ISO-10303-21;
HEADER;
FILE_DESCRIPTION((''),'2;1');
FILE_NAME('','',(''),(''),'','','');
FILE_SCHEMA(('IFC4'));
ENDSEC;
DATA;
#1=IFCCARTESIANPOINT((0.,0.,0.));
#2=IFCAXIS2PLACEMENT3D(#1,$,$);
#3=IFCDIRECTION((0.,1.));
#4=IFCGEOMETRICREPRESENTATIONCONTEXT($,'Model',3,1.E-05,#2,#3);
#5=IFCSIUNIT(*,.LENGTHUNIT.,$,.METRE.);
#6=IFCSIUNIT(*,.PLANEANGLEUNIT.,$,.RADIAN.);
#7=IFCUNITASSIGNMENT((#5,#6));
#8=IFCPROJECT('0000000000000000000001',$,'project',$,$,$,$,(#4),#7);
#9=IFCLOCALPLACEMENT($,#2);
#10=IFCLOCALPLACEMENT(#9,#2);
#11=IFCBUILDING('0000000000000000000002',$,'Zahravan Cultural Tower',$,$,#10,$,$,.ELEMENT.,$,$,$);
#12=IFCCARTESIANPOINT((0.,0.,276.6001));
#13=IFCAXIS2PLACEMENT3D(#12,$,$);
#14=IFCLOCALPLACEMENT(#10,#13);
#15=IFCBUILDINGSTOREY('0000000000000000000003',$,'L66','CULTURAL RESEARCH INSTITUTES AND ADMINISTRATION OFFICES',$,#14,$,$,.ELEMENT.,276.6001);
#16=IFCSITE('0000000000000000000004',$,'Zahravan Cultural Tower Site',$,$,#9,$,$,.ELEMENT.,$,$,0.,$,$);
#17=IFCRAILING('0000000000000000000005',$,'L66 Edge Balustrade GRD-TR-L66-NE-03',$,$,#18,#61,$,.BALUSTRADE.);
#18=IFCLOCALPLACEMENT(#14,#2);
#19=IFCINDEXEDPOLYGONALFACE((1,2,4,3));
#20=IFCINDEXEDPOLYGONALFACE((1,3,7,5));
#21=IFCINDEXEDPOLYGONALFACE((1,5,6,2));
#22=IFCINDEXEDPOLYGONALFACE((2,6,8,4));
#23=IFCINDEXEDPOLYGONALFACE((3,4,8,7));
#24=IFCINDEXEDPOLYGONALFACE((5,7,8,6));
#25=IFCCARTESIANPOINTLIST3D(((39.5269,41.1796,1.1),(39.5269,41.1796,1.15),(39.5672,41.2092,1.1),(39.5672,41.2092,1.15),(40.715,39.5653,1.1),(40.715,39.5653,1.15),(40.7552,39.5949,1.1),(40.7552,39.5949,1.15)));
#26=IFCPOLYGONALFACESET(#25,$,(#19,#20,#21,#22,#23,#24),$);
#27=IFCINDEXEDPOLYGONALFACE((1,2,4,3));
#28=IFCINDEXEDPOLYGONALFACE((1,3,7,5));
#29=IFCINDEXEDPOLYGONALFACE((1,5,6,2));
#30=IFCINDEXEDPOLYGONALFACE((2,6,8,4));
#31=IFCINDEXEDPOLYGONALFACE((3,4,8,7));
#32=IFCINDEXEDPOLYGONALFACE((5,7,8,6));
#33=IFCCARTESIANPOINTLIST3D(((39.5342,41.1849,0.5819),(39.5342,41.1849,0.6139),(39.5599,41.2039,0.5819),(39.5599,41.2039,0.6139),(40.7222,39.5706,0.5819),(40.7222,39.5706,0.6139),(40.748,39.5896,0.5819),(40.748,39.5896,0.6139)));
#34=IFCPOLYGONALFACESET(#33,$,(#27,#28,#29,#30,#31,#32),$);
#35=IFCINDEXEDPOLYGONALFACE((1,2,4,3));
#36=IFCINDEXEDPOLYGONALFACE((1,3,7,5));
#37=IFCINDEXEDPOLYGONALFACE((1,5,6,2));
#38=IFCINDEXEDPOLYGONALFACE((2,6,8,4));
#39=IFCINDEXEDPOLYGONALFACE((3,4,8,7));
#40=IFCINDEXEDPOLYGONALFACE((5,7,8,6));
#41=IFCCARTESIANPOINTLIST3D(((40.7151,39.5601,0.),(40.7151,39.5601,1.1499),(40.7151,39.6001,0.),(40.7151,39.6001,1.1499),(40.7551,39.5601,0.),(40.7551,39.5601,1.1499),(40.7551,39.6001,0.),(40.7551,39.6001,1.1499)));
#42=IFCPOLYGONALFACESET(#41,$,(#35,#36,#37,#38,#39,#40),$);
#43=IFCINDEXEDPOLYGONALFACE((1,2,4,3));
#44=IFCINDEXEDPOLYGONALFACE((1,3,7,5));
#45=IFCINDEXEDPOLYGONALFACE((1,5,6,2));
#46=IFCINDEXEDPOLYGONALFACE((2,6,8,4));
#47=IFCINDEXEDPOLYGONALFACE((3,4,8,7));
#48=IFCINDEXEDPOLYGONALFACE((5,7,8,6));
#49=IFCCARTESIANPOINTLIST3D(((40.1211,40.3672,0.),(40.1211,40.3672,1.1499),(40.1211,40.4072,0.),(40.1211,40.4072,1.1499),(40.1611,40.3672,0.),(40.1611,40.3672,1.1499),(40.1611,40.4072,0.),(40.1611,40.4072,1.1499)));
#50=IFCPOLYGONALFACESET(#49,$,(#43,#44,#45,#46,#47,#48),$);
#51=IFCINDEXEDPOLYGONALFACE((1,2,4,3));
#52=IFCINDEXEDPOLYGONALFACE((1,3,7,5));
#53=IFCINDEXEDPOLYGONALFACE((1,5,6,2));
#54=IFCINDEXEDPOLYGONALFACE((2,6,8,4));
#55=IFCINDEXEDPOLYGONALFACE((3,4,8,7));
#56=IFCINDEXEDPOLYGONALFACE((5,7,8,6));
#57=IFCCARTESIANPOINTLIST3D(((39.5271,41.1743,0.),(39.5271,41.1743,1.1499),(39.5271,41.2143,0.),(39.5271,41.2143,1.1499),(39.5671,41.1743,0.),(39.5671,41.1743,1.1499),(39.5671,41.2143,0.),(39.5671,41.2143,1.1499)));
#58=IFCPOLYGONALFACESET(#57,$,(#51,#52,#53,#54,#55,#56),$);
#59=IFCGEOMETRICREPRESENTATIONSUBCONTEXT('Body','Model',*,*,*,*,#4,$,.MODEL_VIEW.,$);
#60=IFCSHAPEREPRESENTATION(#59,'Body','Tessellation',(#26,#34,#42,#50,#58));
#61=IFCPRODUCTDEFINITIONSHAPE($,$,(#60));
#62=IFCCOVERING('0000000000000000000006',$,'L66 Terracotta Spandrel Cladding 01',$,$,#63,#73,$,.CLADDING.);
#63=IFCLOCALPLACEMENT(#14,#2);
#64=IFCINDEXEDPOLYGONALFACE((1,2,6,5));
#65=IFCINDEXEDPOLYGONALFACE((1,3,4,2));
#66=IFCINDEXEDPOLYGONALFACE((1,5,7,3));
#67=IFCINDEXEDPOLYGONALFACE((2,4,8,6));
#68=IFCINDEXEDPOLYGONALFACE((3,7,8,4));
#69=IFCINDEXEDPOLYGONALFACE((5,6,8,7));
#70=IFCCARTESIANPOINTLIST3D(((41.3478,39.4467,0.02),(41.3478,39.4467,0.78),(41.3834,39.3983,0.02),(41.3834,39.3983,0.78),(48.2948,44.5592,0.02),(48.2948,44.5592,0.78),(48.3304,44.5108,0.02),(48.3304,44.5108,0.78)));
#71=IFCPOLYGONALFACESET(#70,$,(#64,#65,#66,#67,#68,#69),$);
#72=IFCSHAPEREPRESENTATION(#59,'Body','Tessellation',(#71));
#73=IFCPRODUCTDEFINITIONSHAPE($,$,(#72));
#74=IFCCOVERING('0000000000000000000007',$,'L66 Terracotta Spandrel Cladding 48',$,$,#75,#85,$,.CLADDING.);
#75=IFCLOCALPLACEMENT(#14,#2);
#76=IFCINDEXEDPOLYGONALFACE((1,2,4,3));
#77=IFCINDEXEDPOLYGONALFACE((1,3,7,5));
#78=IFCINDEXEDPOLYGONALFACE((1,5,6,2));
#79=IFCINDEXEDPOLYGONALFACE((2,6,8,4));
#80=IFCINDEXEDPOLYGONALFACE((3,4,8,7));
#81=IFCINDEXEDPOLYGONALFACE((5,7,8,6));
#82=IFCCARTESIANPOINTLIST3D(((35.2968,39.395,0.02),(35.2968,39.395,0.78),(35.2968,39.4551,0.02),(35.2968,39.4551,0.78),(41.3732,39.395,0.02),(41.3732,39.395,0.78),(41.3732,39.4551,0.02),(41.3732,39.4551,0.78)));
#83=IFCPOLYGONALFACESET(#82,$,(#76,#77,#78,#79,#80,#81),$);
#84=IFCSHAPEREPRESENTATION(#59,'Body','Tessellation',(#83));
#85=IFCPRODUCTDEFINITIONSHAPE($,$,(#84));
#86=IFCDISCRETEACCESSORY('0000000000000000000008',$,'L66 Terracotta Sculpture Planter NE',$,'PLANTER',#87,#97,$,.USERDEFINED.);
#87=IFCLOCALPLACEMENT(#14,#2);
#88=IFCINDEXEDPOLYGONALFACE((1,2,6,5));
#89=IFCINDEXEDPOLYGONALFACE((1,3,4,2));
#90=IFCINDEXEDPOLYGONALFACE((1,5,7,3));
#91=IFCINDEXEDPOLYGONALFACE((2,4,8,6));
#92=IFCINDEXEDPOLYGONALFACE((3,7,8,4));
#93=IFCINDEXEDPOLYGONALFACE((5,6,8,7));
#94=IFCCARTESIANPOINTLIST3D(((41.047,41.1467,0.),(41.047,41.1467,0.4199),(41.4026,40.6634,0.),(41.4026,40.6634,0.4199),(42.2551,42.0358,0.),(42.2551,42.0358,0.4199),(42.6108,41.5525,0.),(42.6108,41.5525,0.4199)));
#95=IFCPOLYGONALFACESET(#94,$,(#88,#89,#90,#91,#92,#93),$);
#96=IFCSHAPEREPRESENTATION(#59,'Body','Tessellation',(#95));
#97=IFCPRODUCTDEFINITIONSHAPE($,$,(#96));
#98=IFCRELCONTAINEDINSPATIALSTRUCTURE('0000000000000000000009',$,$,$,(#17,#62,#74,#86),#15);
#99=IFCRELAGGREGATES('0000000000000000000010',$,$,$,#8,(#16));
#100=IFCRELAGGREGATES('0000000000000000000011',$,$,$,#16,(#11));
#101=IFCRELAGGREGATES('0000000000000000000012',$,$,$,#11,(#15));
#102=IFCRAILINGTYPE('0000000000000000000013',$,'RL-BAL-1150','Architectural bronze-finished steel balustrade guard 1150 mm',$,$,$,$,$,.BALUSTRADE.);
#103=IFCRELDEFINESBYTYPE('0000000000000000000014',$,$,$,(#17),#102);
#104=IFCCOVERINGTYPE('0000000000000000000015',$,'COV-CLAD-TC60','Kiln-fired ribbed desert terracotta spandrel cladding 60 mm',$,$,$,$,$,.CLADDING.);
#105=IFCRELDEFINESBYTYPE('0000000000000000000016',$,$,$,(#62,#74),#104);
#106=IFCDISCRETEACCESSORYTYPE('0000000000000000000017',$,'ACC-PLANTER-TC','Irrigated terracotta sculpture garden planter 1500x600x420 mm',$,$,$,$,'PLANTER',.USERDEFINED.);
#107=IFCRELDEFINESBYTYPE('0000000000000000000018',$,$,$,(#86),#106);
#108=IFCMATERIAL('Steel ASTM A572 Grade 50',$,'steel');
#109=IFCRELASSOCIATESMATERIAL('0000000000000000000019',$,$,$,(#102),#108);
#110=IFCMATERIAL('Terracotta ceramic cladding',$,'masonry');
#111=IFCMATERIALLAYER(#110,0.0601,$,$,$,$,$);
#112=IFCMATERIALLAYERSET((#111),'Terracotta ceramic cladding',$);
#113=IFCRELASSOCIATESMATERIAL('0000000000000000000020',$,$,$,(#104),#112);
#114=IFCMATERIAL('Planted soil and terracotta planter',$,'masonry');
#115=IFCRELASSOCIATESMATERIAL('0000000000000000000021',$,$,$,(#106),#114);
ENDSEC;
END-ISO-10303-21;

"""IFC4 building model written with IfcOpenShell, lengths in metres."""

from ifc_helpers import new_model, si_unit, direction, frame, origin, origin_2d, place, context, subcontext, project, spatial, rectangle, extrude, source, transform, mapped, material, layer, layer_set, type_object, element, save


model = new_model("IFC4")

# Units and contexts
model_context = context("Model", 3, precision=1e-05, world=origin(), true_north=direction((0.0, 1.0)))
body_context = subcontext(model_context, "Body", "Model", "MODEL_VIEW")
ifc_project = project(units=[si_unit("LENGTHUNIT", "METRE"), si_unit("PLANEANGLEUNIT", "RADIAN")], contexts=[model_context])

# Site, building, storey
site_placement = place(None, origin())
site = spatial("IfcSite", under=ifc_project, at=site_placement, Name="Zahravan Cultural Tower Site", CompositionType="ELEMENT", RefElevation=0.0)
building_placement = place(site_placement, origin())
building = spatial("IfcBuilding", under=site, at=building_placement, Name="Zahravan Cultural Tower", CompositionType="ELEMENT")
storey_placement = place(building_placement, frame((0.0, 0.0, 276.6001)))
storey = spatial("IfcBuildingStorey", under=building, at=storey_placement, Name="L66", Description="CULTURAL RESEARCH INSTITUTES AND ADMINISTRATION OFFICES", CompositionType="ELEMENT", Elevation=276.6001)

# Shared definitions
ifc_material_1 = material(Name="Steel ASTM A572 Grade 50", Category="steel")

# Railing
railing_type = type_object("IfcRailingType", Name="RL-BAL-1150", Description="Architectural bronze-finished steel balustrade guard 1150 mm", PredefinedType="BALUSTRADE", material=ifc_material_1)
railing_1_placement = place(storey_placement, frame((40.7351, 39.5801, 0.0)))
element("IfcRailing", 1, at=railing_1_placement, inside=storey, type_object=railing_type, Name="L66 Edge Balustrade GRD-TR-L66-NE-03", PredefinedType="BALUSTRADE", context=body_context, shape_type="SweptSolid", body=[
    extrude(rectangle(XDim=0.05, YDim=0.05, at=origin_2d()), frame((0.0, 0.0, 1.125), z_axis=(-0.592725, 0.805405, 0.0), x_axis=(-0.805405, -0.592725, 0.0)), (0.0, 0.0, 1.0), 2.0044),
    extrude(rectangle(XDim=0.032, YDim=0.032, at=origin_2d()), frame((0.0, 0.0, 0.5979), z_axis=(-0.592725, 0.805405, 0.0), x_axis=(-0.805405, -0.592725, 0.0)), (0.0, 0.0, 1.0), 2.0044),
    extrude(rectangle(XDim=0.04, YDim=0.04, at=origin_2d()), origin(), (0.0, 0.0, 1.0), 1.1499),
    extrude(rectangle(XDim=0.04, YDim=0.04, at=origin_2d()), frame((-0.594, 0.8071, 0.0)), (0.0, 0.0, 1.0), 1.1499),
    extrude(rectangle(XDim=0.04, YDim=0.04, at=origin_2d()), frame((-1.188, 1.6143, 0.0)), (0.0, 0.0, 1.0), 1.1499),
])

# Coverings
ifc_material_2 = material(Name="Terracotta ceramic cladding", Category="masonry")
ifc_layer_1 = layer(ifc_material_2, 0.0601)
ifc_layer_set_1 = layer_set([ifc_layer_1], Name="Terracotta ceramic cladding")
covering_type = type_object("IfcCoveringType", Name="COV-CLAD-TC60", Description="Kiln-fired ribbed desert terracotta spandrel cladding 60 mm", PredefinedType="CLADDING", material=ifc_layer_set_1)
shared_shape_1 = source(origin(), body_context, "Body", "SweptSolid", [
    extrude(rectangle(XDim=8.6255, YDim=0.0601, at=origin_2d()), origin(), (0.0, 0.0, 1.0), 0.76),
])
covering_1_placement = place(storey_placement, frame((44.8391, 41.9788, 0.02), z_axis=(0.0, 0.0, 1.0), x_axis=(0.805411, 0.592716, 0.0)))
element("IfcCovering", 2, at=covering_1_placement, inside=storey, type_object=covering_type, Name="L66 Terracotta Spandrel Cladding 01", PredefinedType="CLADDING", context=body_context, shape_type="MappedRepresentation", body=[
    mapped(shared_shape_1, transform((0.0, 0.0, 0.0), x_axis=(1.0, 0.0, 0.0), y_axis=(0.0, 1.0, 0.0), z_axis=(0.0, 0.0, 1.0), scale=1.0)),
])
shared_shape_2 = source(origin(), body_context, "Body", "SweptSolid", [
    extrude(rectangle(XDim=6.0764, YDim=0.0601, at=origin_2d()), origin(), (0.0, 0.0, 1.0), 0.76),
])
covering_2_placement = place(storey_placement, frame((38.335, 39.425, 0.02), z_axis=(0.0, 0.0, 1.0), x_axis=(1.0, 0.0, 0.0)))
element("IfcCovering", 3, at=covering_2_placement, inside=storey, type_object=covering_type, Name="L66 Terracotta Spandrel Cladding 48", PredefinedType="CLADDING", context=body_context, shape_type="MappedRepresentation", body=[
    mapped(shared_shape_2, transform((0.0, 0.0, 0.0), x_axis=(1.0, 0.0, 0.0), y_axis=(0.0, 1.0, 0.0), z_axis=(0.0, 0.0, 1.0), scale=1.0)),
])

# Discrete accessory
ifc_material_3 = material(Name="Planted soil and terracotta planter", Category="masonry")
discrete_accessory_type = type_object("IfcDiscreteAccessoryType", Name="ACC-PLANTER-TC", Description="Irrigated terracotta sculpture garden planter 1500x600x420 mm", ElementType="PLANTER", PredefinedType="USERDEFINED", material=ifc_material_3)
shared_shape_3 = source(origin(), body_context, "Body", "SweptSolid", [
    extrude(rectangle(XDim=1.5, YDim=0.6001, at=origin_2d()), origin(), (0.0, 0.0, 1.0), 0.4199),
])
discrete_accessory_placement = place(storey_placement, frame((41.8289, 41.3496, 0.0), z_axis=(0.0, 0.0, 1.0), x_axis=(0.805411, 0.592716, 0.0)))
element("IfcDiscreteAccessory", 4, at=discrete_accessory_placement, inside=storey, type_object=discrete_accessory_type, Name="L66 Terracotta Sculpture Planter NE", ObjectType="PLANTER", PredefinedType="USERDEFINED", context=body_context, shape_type="MappedRepresentation", body=[
    mapped(shared_shape_3, transform((0.0, 0.0, 0.0), x_axis=(1.0, 0.0, 0.0), y_axis=(0.0, 1.0, 0.0), z_axis=(0.0, 0.0, 1.0), scale=1.0)),
])

save(model, "model.ifc")
